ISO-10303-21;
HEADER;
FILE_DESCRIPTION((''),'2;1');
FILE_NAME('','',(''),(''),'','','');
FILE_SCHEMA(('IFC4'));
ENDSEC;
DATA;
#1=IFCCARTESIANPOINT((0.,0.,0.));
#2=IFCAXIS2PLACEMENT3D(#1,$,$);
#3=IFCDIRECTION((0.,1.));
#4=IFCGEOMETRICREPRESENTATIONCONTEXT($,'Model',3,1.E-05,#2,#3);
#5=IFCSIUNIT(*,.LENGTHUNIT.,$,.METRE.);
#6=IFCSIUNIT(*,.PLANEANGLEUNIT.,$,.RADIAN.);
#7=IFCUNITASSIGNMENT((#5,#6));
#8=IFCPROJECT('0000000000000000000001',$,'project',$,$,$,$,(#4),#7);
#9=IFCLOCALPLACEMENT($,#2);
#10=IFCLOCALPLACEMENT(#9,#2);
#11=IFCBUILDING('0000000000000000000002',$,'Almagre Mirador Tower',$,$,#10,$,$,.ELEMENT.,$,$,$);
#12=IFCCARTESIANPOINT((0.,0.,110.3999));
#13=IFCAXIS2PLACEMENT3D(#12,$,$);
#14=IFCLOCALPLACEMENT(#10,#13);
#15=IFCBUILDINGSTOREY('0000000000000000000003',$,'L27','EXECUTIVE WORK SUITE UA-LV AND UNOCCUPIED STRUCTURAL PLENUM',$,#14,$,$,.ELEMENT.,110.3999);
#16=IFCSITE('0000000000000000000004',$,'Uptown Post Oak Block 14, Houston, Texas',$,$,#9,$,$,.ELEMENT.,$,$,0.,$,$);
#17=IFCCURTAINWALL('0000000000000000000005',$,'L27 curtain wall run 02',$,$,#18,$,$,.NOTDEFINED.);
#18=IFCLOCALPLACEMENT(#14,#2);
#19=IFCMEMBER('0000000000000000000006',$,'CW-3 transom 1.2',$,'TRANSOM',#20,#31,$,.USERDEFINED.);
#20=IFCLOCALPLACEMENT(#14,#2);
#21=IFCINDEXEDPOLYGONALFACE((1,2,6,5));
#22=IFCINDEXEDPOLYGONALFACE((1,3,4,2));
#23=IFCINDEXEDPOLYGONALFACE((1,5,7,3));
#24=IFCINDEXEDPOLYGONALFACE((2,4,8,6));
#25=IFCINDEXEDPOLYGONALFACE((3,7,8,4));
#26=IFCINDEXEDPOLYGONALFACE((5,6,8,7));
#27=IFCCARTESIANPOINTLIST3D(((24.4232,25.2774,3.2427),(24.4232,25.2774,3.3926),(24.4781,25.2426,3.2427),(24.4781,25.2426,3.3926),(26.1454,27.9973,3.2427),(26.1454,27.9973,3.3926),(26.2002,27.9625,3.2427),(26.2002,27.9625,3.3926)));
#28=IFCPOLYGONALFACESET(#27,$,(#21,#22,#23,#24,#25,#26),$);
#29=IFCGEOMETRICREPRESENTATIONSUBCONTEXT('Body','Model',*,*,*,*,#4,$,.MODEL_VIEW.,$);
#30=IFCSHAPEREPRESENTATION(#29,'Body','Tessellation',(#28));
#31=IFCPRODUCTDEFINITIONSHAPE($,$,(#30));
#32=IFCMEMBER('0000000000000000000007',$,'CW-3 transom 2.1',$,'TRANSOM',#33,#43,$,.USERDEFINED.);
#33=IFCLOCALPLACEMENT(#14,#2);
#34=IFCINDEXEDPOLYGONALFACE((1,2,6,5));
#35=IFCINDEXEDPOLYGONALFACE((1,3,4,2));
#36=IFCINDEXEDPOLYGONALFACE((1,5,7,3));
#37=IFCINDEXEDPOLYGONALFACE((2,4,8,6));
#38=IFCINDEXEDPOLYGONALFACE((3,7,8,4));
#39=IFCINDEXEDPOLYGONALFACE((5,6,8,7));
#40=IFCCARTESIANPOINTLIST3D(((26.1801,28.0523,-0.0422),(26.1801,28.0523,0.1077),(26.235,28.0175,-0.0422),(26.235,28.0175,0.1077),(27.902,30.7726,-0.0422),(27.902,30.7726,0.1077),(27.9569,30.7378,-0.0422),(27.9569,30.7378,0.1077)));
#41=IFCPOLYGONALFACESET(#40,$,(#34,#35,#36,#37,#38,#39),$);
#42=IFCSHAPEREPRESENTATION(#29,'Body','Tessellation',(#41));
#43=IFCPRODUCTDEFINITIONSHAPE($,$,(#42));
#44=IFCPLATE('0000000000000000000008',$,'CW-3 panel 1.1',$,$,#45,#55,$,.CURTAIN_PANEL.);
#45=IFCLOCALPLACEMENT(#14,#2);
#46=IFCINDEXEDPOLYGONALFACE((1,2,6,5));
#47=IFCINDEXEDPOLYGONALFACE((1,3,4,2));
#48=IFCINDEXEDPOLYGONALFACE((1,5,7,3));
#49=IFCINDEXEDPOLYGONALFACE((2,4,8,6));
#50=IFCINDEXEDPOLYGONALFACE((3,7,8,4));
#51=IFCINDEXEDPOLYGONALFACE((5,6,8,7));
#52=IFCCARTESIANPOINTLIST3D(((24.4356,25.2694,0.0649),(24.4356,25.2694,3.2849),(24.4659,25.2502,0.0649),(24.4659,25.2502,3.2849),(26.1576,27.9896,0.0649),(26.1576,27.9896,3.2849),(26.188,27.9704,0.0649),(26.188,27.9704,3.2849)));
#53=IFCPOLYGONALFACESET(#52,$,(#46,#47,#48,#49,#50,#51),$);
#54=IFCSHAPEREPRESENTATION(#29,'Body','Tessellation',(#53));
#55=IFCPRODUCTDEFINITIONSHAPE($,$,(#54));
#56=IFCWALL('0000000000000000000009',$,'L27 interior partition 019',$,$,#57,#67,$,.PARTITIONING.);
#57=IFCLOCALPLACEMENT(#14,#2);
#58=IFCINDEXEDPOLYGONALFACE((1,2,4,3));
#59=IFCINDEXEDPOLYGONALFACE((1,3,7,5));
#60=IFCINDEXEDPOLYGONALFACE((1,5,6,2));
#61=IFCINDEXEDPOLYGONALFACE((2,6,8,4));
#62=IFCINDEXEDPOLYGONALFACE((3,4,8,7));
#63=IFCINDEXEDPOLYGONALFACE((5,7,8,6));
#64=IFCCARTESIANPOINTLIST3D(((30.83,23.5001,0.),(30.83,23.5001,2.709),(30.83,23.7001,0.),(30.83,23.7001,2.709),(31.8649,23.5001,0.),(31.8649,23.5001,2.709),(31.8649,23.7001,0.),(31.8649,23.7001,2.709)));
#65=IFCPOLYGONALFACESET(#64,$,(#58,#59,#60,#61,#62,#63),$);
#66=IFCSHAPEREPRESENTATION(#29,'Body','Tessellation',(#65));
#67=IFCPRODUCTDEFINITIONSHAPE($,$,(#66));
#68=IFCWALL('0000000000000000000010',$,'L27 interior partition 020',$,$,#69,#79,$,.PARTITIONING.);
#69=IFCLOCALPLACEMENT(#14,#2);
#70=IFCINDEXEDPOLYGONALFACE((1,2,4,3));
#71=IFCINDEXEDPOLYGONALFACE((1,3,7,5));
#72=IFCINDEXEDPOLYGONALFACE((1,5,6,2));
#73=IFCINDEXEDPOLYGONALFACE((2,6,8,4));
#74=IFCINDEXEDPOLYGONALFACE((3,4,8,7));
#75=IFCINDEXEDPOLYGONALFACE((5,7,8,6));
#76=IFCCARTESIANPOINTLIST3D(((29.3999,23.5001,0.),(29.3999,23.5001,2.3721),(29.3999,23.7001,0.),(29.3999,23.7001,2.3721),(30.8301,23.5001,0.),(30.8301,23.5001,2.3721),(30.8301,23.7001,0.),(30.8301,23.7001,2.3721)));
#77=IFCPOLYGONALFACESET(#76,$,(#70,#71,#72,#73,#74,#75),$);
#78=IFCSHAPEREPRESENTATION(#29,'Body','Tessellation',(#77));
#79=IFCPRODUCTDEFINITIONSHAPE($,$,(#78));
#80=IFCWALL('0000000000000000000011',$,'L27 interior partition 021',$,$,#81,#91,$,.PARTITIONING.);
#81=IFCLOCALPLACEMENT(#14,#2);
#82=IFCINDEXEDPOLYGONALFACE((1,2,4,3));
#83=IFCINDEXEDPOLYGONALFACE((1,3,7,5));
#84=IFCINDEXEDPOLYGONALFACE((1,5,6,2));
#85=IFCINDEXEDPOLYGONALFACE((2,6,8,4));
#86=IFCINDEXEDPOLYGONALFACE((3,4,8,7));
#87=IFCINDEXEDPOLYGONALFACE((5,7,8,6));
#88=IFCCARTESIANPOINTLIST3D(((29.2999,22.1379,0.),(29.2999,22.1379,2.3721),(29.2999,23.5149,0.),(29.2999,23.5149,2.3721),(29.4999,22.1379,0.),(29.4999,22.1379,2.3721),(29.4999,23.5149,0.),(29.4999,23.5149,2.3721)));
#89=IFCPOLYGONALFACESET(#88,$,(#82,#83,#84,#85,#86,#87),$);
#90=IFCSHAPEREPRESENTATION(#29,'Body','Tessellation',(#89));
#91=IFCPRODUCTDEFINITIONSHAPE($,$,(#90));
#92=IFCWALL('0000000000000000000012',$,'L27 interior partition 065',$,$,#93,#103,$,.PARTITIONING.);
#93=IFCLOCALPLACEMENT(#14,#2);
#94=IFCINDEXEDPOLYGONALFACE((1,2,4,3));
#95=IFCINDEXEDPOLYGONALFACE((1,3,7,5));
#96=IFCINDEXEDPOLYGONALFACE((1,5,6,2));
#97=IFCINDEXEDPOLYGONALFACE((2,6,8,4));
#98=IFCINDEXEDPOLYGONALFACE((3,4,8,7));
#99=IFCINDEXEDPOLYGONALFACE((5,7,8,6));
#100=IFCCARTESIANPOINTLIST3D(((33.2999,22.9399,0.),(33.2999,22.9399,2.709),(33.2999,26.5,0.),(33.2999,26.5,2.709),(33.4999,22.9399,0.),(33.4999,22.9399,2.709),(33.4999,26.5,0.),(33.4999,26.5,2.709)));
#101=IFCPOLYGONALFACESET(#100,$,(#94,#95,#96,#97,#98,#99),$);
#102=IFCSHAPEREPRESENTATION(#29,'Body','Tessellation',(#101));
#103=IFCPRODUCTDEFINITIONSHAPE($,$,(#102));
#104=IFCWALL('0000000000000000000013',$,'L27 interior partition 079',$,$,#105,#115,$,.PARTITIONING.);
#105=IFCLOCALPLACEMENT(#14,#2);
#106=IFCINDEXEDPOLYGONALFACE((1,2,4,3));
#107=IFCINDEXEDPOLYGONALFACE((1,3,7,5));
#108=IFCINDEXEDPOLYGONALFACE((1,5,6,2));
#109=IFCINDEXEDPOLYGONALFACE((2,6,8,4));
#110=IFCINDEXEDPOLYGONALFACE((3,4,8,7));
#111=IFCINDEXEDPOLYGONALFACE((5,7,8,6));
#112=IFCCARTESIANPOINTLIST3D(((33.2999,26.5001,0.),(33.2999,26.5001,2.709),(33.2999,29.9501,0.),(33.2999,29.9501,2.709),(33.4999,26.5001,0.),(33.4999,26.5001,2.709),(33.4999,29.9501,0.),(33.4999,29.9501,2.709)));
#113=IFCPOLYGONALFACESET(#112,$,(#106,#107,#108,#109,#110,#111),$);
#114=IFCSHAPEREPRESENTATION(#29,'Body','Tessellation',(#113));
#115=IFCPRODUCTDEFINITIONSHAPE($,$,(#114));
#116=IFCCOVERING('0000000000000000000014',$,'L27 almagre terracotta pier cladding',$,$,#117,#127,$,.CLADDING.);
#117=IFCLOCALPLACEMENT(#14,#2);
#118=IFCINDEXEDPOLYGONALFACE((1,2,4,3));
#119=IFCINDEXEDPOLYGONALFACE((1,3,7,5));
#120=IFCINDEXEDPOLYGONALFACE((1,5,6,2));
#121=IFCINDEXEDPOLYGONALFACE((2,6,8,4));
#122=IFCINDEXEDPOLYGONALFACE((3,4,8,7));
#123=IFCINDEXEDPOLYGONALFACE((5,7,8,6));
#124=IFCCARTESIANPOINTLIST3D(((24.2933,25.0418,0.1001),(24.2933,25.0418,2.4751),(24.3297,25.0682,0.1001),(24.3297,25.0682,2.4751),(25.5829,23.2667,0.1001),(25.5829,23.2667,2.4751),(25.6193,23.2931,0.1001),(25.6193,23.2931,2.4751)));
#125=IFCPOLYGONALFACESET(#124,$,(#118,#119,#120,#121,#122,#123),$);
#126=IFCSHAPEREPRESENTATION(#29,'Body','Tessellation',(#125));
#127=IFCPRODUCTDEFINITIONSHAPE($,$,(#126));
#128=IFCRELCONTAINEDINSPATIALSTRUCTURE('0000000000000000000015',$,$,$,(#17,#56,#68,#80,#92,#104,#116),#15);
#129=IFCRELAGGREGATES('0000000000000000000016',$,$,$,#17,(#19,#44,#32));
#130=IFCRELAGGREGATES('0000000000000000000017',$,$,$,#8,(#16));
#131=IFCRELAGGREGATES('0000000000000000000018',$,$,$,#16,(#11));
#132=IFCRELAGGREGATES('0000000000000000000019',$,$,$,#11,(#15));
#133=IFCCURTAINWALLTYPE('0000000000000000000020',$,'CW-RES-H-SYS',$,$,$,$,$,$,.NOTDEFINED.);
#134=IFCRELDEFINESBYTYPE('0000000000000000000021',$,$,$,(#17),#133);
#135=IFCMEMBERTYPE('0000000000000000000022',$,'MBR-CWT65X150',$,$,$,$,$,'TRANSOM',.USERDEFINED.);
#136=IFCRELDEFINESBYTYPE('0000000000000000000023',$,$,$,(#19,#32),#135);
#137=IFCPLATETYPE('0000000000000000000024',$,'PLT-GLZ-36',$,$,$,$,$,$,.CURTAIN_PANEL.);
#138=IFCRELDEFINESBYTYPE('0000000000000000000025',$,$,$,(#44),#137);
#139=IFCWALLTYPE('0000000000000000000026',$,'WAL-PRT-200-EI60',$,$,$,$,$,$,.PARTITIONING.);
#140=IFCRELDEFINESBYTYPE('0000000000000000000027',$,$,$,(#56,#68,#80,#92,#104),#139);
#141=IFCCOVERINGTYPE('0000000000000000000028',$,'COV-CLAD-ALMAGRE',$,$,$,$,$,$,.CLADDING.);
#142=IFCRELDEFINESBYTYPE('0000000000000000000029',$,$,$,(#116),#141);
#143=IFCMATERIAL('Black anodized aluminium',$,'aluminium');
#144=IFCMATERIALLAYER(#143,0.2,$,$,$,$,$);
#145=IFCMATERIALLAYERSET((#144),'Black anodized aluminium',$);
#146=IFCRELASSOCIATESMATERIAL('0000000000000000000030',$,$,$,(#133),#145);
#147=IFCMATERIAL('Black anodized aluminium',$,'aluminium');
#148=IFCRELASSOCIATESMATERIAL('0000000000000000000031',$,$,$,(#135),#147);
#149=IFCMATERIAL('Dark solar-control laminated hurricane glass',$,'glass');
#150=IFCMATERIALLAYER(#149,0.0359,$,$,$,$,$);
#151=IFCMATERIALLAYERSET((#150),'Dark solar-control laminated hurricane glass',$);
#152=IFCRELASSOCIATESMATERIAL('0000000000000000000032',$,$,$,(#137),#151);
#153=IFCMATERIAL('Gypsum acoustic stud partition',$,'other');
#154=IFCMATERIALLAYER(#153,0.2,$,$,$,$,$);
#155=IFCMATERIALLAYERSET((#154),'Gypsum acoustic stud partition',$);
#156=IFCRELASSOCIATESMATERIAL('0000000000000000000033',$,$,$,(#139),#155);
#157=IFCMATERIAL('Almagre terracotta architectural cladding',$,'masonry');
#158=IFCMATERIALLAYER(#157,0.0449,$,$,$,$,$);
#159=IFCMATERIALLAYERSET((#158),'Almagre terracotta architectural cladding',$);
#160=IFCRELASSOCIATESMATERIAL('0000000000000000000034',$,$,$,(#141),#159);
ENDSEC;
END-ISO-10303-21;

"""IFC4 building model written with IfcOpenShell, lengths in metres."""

from ifc_helpers import new_model, si_unit, direction, frame, frame_2d, origin, origin_2d, place, context, subcontext, project, spatial, rectangle, extrude, material, layer, layer_set, material_profile, profile_set, type_object, element, aggregate, save


model = new_model("IFC4")

# Units and contexts
model_context = context("Model", 3, precision=1e-05, world=origin(), true_north=direction((0.0, 1.0)))
body_context = subcontext(model_context, "Body", "Model", "MODEL_VIEW")
ifc_project = project(units=[si_unit("LENGTHUNIT", "METRE"), si_unit("PLANEANGLEUNIT", "RADIAN")], contexts=[model_context])

# Site, building, storey
site_placement = place(None, origin())
site = spatial("IfcSite", under=ifc_project, at=site_placement, Name="Uptown Post Oak Block 14, Houston, Texas", CompositionType="ELEMENT", RefElevation=0.0)
building_placement = place(site_placement, origin())
building = spatial("IfcBuilding", under=site, at=building_placement, Name="Almagre Mirador Tower", CompositionType="ELEMENT")
storey_placement = place(building_placement, frame((0.0, 0.0, 110.3999)))
storey = spatial("IfcBuildingStorey", under=building, at=storey_placement, Name="L27", Description="EXECUTIVE WORK SUITE UA-LV AND UNOCCUPIED STRUCTURAL PLENUM", CompositionType="ELEMENT", Elevation=110.3999)

# Curtain wall, members, plate
ifc_material_1 = material(Name="Black anodized aluminium", Category="aluminium")
ifc_layer_1 = layer(ifc_material_1, 0.2)
ifc_layer_set_1 = layer_set([ifc_layer_1], Name="Black anodized aluminium")
curtain_wall_type_1 = type_object("IfcCurtainWallType", Name="CW-RES-H-SYS", PredefinedType="NOTDEFINED", material=ifc_layer_set_1)
curtain_wall_1_placement = place(storey_placement, origin())
curtain_wall_1 = element("IfcCurtainWall", 1, at=curtain_wall_1_placement, inside=storey, type_object=curtain_wall_type_1, Name="L27 curtain wall run 02", PredefinedType="NOTDEFINED")
ifc_material_2 = material(Name="Black anodized aluminium", Category="aluminium")
ifc_material_profile_1 = material_profile(ifc_material_2, rectangle(XDim=0.0649, YDim=0.1499, at=origin_2d()), Name="CWT65X150")
ifc_profile_set_1 = profile_set([ifc_material_profile_1], Name="Black anodized aluminium")
member_type_1 = type_object("IfcMemberType", Name="MBR-CWT65X150", ElementType="TRANSOM", PredefinedType="USERDEFINED", material=ifc_profile_set_1)
member_1_placement = place(storey_placement, frame((24.4507, 25.26, 3.3176), z_axis=(0.534946, 0.844886, 0.0), x_axis=(-0.844886, 0.534946, 0.0)))
member_1 = element("IfcMember", 2, at=member_1_placement, type_object=member_type_1, Name="CW-3 transom 1.2", ObjectType="TRANSOM", PredefinedType="USERDEFINED", context=body_context, shape_type="SweptSolid", body=[
    extrude(rectangle(XDim=0.0649, YDim=0.1499, at=origin_2d()), origin(), (0.0, 0.0, 1.0), 3.2192),
])
member_2_placement = place(storey_placement, frame((26.2075, 28.0349, 0.0327), z_axis=(0.534857, 0.844942, 0.0), x_axis=(-0.844942, 0.534857, 0.0)))
member_2 = element("IfcMember", 3, at=member_2_placement, type_object=member_type_1, Name="CW-3 transom 2.1", ObjectType="TRANSOM", PredefinedType="USERDEFINED", context=body_context, shape_type="SweptSolid", body=[
    extrude(rectangle(XDim=0.0649, YDim=0.1499, at=origin_2d()), origin(), (0.0, 0.0, 1.0), 3.2195),
])
ifc_material_3 = material(Name="Dark solar-control laminated hurricane glass", Category="glass")
ifc_layer_2 = layer(ifc_material_3, 0.0359)
ifc_layer_set_2 = layer_set([ifc_layer_2], Name="Dark solar-control laminated hurricane glass")
plate_type = type_object("IfcPlateType", Name="PLT-GLZ-36", PredefinedType="CURTAIN_PANEL", material=ifc_layer_set_2)
plate_placement = place(storey_placement, frame((25.3118, 26.6199, 0.0649), z_axis=(0.0, 0.0, 1.0), x_axis=(0.534887, 0.844924, 0.0)))
plate = element("IfcPlate", 4, at=plate_placement, type_object=plate_type, Name="CW-3 panel 1.1", PredefinedType="CURTAIN_PANEL", context=body_context, shape_type="SweptSolid", body=[
    extrude(rectangle(XDim=3.2195, YDim=0.0359, at=origin_2d()), origin(), (0.0, 0.0, 1.0), 3.22),
])
aggregate(curtain_wall_1, [member_1, plate, member_2])

# Walls
ifc_material_4 = material(Name="Gypsum acoustic stud partition", Category="other")
ifc_layer_3 = layer(ifc_material_4, 0.2)
ifc_layer_set_3 = layer_set([ifc_layer_3], Name="Gypsum acoustic stud partition")
wall_type = type_object("IfcWallType", Name="WAL-PRT-200-EI60", PredefinedType="PARTITIONING", material=ifc_layer_set_3)
wall_1_placement = place(storey_placement, frame((31.865, 23.6001, 0.0), z_axis=(0.0, 0.0, 1.0), x_axis=(-1.0, 0.0, 0.0)))
element("IfcWall", 5, at=wall_1_placement, inside=storey, type_object=wall_type, Name="L27 interior partition 019", PredefinedType="PARTITIONING", context=body_context, shape_type="SweptSolid", body=[
    extrude(rectangle(XDim=1.0349, YDim=0.2, at=frame_2d((0.5176, 0.0))), origin(), (0.0, 0.0, 1.0), 2.709),
])
wall_2_placement = place(storey_placement, frame((30.8301, 23.6001, 0.0), z_axis=(0.0, 0.0, 1.0), x_axis=(-1.0, 0.0, 0.0)))
element("IfcWall", 6, at=wall_2_placement, inside=storey, type_object=wall_type, Name="L27 interior partition 020", PredefinedType="PARTITIONING", context=body_context, shape_type="SweptSolid", body=[
    extrude(rectangle(XDim=1.4302, YDim=0.2, at=frame_2d((0.7151, 0.0))), origin(), (0.0, 0.0, 1.0), 2.3721),
])
wall_3_placement = place(storey_placement, frame((29.3999, 23.5149, 0.0), z_axis=(0.0, 0.0, 1.0), x_axis=(0.0, -1.0, 0.0)))
element("IfcWall", 7, at=wall_3_placement, inside=storey, type_object=wall_type, Name="L27 interior partition 021", PredefinedType="PARTITIONING", context=body_context, shape_type="SweptSolid", body=[
    extrude(rectangle(XDim=1.377, YDim=0.2, at=frame_2d((0.6885, 0.0))), origin(), (0.0, 0.0, 1.0), 2.3721),
])
wall_4_placement = place(storey_placement, frame((33.3999, 26.5, 0.0), z_axis=(0.0, 0.0, 1.0), x_axis=(0.0, -1.0, 0.0)))
element("IfcWall", 8, at=wall_4_placement, inside=storey, type_object=wall_type, Name="L27 interior partition 065", PredefinedType="PARTITIONING", context=body_context, shape_type="SweptSolid", body=[
    extrude(rectangle(XDim=3.5601, YDim=0.2, at=frame_2d((1.78, 0.0))), origin(), (0.0, 0.0, 1.0), 2.709),
])
wall_5_placement = place(storey_placement, frame((33.3999, 26.5, 0.0), z_axis=(0.0, 0.0, 1.0), x_axis=(0.0, 1.0, 0.0)))
element("IfcWall", 9, at=wall_5_placement, inside=storey, type_object=wall_type, Name="L27 interior partition 079", PredefinedType="PARTITIONING", context=body_context, shape_type="SweptSolid", body=[
    extrude(rectangle(XDim=3.45, YDim=0.2, at=frame_2d((1.7251, 0.0))), origin(), (0.0, 0.0, 1.0), 2.709),
])

# Covering
ifc_material_5 = material(Name="Almagre terracotta architectural cladding", Category="masonry")
ifc_layer_4 = layer(ifc_material_5, 0.0449)
ifc_layer_set_4 = layer_set([ifc_layer_4], Name="Almagre terracotta architectural cladding")
covering_type = type_object("IfcCoveringType", Name="COV-CLAD-ALMAGRE", PredefinedType="CLADDING", material=ifc_layer_set_4)
covering_placement = place(storey_placement, frame((24.9563, 24.1675, 0.1001), z_axis=(0.0, 0.0, 1.0), x_axis=(-0.587757, 0.809038, 0.0)))
element("IfcCovering", 10, at=covering_placement, inside=storey, type_object=covering_type, Name="L27 almagre terracotta pier cladding", PredefinedType="CLADDING", context=body_context, shape_type="SweptSolid", body=[
    extrude(rectangle(XDim=2.1941, YDim=0.0449, at=origin_2d()), origin(), (0.0, 0.0, 1.0), 2.375),
])

save(model, "model.ifc")
